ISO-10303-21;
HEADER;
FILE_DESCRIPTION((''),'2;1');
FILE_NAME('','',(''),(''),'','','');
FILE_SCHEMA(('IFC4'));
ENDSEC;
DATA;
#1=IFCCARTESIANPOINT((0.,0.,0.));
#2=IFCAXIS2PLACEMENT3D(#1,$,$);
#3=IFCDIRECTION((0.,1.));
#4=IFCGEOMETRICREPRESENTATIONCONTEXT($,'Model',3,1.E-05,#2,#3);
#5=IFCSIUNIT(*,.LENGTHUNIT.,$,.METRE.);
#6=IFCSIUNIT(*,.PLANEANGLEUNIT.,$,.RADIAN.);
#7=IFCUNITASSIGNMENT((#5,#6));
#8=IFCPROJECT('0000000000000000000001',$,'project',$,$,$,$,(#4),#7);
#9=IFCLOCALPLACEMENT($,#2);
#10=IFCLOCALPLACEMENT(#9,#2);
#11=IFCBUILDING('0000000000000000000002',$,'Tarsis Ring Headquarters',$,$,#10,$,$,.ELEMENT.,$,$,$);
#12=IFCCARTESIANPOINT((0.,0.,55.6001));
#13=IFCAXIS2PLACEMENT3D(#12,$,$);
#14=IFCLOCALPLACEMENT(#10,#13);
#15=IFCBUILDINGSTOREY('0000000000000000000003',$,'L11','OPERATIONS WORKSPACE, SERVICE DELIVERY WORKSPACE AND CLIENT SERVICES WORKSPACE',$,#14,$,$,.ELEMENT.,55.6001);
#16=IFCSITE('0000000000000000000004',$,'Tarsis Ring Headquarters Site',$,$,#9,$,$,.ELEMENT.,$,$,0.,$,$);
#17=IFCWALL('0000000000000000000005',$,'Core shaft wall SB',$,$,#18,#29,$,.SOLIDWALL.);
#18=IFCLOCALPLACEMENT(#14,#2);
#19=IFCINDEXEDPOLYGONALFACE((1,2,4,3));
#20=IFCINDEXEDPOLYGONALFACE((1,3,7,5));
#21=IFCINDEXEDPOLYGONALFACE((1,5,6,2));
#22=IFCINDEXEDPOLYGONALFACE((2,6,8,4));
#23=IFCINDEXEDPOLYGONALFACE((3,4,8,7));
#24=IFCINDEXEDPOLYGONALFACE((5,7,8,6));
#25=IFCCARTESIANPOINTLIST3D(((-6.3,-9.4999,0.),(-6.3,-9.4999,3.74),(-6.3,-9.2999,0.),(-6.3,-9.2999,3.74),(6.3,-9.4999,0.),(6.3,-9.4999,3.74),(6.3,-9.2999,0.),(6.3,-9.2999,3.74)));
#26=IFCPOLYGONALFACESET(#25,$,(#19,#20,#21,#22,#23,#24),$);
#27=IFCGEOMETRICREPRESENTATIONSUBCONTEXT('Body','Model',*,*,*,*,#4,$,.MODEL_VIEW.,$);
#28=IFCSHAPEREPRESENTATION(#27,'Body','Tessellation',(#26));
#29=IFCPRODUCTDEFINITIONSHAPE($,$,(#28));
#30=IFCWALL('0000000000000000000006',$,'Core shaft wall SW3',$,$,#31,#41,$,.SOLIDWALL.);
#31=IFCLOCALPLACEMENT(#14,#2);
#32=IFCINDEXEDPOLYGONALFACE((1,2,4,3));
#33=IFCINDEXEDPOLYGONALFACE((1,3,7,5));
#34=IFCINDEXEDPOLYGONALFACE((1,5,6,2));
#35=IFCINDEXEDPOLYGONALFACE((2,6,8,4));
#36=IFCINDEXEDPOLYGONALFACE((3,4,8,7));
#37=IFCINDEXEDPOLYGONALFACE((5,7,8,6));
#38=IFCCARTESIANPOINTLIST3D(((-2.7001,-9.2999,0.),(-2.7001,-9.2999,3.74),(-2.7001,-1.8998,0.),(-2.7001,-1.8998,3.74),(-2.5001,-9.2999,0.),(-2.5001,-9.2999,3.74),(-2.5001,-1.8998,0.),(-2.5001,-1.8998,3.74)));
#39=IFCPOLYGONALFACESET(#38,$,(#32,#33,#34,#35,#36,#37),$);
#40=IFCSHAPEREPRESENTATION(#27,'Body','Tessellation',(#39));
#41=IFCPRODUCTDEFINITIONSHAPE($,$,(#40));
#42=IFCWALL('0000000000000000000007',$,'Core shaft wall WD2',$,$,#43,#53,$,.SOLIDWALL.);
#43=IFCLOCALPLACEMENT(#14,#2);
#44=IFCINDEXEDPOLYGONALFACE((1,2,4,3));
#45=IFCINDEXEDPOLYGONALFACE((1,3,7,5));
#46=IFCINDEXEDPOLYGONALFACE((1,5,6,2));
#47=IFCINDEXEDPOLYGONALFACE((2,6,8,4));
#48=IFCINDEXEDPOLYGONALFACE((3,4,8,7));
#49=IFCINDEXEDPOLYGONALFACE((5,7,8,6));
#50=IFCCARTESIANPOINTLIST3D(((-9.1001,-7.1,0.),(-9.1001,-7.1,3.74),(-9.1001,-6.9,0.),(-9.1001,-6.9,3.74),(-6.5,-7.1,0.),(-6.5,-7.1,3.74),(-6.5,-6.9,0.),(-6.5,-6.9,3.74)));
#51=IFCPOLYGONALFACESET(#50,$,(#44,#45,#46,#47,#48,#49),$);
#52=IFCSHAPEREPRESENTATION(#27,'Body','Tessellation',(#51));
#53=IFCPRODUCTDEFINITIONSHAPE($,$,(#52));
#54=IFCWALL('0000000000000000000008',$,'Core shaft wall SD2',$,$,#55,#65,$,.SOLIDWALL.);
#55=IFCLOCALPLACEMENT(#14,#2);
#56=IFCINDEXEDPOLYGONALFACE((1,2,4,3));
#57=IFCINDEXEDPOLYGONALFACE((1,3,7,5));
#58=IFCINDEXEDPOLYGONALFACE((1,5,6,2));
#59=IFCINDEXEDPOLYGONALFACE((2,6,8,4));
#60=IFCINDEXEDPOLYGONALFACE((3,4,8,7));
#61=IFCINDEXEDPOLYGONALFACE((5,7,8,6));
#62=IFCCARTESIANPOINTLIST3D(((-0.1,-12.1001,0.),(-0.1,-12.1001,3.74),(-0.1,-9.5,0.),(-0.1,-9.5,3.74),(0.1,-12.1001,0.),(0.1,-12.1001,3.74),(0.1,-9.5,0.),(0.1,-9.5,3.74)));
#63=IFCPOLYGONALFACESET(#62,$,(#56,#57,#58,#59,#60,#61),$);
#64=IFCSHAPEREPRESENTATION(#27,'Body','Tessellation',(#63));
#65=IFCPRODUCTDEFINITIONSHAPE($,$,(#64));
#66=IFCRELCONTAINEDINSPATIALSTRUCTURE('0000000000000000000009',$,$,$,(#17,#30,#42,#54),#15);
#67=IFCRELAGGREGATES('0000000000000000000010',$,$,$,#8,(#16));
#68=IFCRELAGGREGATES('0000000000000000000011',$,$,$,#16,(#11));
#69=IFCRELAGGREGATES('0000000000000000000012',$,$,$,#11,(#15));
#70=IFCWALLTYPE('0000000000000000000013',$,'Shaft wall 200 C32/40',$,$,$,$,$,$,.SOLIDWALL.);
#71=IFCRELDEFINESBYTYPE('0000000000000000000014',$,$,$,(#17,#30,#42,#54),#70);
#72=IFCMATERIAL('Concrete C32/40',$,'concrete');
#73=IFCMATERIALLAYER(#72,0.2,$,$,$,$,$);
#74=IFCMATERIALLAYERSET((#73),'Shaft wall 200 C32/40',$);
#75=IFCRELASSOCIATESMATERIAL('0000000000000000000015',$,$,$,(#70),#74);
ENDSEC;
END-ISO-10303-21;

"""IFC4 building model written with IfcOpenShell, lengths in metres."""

from ifc_helpers import new_model, si_unit, direction, frame, frame_2d, origin, place, context, subcontext, project, spatial, rectangle, extrude, material, layer, layer_set, type_object, element, save


model = new_model("IFC4")

# Units and contexts
model_context = context("Model", 3, precision=1e-05, world=origin(), true_north=direction((0.0, 1.0)))
body_context = subcontext(model_context, "Body", "Model", "MODEL_VIEW")
ifc_project = project(units=[si_unit("LENGTHUNIT", "METRE"), si_unit("PLANEANGLEUNIT", "RADIAN")], contexts=[model_context])

# Site, building, storey
site_placement = place(None, origin())
site = spatial("IfcSite", under=ifc_project, at=site_placement, Name="Tarsis Ring Headquarters Site", CompositionType="ELEMENT", RefElevation=0.0)
building_placement = place(site_placement, origin())
building = spatial("IfcBuilding", under=site, at=building_placement, Name="Tarsis Ring Headquarters", CompositionType="ELEMENT")
storey_placement = place(building_placement, frame((0.0, 0.0, 55.6001)))
storey = spatial("IfcBuildingStorey", under=building, at=storey_placement, Name="L11", Description="OPERATIONS WORKSPACE, SERVICE DELIVERY WORKSPACE AND CLIENT SERVICES WORKSPACE", CompositionType="ELEMENT", Elevation=55.6001)

# Shared definitions
ifc_material_1 = material(Name="Concrete C32/40", Category="concrete")

# Shared definitions
ifc_layer_1 = layer(ifc_material_1, 0.2)
ifc_layer_set_1 = layer_set([ifc_layer_1], Name="Shaft wall 200 C32/40")
wall_type_1 = type_object("IfcWallType", Name="Shaft wall 200 C32/40", PredefinedType="SOLIDWALL", material=ifc_layer_set_1)

# Walls
wall_1_placement = place(storey_placement, frame((-6.3, -9.3999, 0.0), z_axis=(0.0, 0.0, 1.0), x_axis=(1.0, 0.0, 0.0)))
element("IfcWall", 1, at=wall_1_placement, inside=storey, type_object=wall_type_1, Name="Core shaft wall SB", PredefinedType="SOLIDWALL", context=body_context, shape_type="SweptSolid", body=[
    extrude(rectangle(XDim=12.6001, YDim=0.2, at=frame_2d((6.3, 0.0))), origin(), (0.0, 0.0, 1.0), 3.74),
])
wall_2_placement = place(storey_placement, frame((-2.6001, -9.3, 0.0), z_axis=(0.0, 0.0, 1.0), x_axis=(0.0, 1.0, 0.0)))
element("IfcWall", 2, at=wall_2_placement, inside=storey, type_object=wall_type_1, Name="Core shaft wall SW3", PredefinedType="SOLIDWALL", context=body_context, shape_type="SweptSolid", body=[
    extrude(rectangle(XDim=7.4001, YDim=0.2, at=frame_2d((3.7002, 0.0))), origin(), (0.0, 0.0, 1.0), 3.74),
])
for number, where, z_axis, x_axis, name in (
    (3, (-9.1001, -7.0, 0.0), (0.0, 0.0, 1.0), (1.0, 0.0, 0.0), "Core shaft wall WD2"),
    (4, (0.0, -12.1001, 0.0), (0.0, 0.0, 1.0), (0.0, 1.0, 0.0), "Core shaft wall SD2"),
):
    element("IfcWall", number, at=place(storey_placement, frame(where, z_axis=z_axis, x_axis=x_axis)), inside=storey, type_object=wall_type_1, Name=name, PredefinedType="SOLIDWALL", context=body_context, shape_type="SweptSolid", body=[
        extrude(rectangle(XDim=2.6001, YDim=0.2, at=frame_2d((1.3, 0.0))), origin(), (0.0, 0.0, 1.0), 3.74),
    ])

save(model, "model.ifc")
